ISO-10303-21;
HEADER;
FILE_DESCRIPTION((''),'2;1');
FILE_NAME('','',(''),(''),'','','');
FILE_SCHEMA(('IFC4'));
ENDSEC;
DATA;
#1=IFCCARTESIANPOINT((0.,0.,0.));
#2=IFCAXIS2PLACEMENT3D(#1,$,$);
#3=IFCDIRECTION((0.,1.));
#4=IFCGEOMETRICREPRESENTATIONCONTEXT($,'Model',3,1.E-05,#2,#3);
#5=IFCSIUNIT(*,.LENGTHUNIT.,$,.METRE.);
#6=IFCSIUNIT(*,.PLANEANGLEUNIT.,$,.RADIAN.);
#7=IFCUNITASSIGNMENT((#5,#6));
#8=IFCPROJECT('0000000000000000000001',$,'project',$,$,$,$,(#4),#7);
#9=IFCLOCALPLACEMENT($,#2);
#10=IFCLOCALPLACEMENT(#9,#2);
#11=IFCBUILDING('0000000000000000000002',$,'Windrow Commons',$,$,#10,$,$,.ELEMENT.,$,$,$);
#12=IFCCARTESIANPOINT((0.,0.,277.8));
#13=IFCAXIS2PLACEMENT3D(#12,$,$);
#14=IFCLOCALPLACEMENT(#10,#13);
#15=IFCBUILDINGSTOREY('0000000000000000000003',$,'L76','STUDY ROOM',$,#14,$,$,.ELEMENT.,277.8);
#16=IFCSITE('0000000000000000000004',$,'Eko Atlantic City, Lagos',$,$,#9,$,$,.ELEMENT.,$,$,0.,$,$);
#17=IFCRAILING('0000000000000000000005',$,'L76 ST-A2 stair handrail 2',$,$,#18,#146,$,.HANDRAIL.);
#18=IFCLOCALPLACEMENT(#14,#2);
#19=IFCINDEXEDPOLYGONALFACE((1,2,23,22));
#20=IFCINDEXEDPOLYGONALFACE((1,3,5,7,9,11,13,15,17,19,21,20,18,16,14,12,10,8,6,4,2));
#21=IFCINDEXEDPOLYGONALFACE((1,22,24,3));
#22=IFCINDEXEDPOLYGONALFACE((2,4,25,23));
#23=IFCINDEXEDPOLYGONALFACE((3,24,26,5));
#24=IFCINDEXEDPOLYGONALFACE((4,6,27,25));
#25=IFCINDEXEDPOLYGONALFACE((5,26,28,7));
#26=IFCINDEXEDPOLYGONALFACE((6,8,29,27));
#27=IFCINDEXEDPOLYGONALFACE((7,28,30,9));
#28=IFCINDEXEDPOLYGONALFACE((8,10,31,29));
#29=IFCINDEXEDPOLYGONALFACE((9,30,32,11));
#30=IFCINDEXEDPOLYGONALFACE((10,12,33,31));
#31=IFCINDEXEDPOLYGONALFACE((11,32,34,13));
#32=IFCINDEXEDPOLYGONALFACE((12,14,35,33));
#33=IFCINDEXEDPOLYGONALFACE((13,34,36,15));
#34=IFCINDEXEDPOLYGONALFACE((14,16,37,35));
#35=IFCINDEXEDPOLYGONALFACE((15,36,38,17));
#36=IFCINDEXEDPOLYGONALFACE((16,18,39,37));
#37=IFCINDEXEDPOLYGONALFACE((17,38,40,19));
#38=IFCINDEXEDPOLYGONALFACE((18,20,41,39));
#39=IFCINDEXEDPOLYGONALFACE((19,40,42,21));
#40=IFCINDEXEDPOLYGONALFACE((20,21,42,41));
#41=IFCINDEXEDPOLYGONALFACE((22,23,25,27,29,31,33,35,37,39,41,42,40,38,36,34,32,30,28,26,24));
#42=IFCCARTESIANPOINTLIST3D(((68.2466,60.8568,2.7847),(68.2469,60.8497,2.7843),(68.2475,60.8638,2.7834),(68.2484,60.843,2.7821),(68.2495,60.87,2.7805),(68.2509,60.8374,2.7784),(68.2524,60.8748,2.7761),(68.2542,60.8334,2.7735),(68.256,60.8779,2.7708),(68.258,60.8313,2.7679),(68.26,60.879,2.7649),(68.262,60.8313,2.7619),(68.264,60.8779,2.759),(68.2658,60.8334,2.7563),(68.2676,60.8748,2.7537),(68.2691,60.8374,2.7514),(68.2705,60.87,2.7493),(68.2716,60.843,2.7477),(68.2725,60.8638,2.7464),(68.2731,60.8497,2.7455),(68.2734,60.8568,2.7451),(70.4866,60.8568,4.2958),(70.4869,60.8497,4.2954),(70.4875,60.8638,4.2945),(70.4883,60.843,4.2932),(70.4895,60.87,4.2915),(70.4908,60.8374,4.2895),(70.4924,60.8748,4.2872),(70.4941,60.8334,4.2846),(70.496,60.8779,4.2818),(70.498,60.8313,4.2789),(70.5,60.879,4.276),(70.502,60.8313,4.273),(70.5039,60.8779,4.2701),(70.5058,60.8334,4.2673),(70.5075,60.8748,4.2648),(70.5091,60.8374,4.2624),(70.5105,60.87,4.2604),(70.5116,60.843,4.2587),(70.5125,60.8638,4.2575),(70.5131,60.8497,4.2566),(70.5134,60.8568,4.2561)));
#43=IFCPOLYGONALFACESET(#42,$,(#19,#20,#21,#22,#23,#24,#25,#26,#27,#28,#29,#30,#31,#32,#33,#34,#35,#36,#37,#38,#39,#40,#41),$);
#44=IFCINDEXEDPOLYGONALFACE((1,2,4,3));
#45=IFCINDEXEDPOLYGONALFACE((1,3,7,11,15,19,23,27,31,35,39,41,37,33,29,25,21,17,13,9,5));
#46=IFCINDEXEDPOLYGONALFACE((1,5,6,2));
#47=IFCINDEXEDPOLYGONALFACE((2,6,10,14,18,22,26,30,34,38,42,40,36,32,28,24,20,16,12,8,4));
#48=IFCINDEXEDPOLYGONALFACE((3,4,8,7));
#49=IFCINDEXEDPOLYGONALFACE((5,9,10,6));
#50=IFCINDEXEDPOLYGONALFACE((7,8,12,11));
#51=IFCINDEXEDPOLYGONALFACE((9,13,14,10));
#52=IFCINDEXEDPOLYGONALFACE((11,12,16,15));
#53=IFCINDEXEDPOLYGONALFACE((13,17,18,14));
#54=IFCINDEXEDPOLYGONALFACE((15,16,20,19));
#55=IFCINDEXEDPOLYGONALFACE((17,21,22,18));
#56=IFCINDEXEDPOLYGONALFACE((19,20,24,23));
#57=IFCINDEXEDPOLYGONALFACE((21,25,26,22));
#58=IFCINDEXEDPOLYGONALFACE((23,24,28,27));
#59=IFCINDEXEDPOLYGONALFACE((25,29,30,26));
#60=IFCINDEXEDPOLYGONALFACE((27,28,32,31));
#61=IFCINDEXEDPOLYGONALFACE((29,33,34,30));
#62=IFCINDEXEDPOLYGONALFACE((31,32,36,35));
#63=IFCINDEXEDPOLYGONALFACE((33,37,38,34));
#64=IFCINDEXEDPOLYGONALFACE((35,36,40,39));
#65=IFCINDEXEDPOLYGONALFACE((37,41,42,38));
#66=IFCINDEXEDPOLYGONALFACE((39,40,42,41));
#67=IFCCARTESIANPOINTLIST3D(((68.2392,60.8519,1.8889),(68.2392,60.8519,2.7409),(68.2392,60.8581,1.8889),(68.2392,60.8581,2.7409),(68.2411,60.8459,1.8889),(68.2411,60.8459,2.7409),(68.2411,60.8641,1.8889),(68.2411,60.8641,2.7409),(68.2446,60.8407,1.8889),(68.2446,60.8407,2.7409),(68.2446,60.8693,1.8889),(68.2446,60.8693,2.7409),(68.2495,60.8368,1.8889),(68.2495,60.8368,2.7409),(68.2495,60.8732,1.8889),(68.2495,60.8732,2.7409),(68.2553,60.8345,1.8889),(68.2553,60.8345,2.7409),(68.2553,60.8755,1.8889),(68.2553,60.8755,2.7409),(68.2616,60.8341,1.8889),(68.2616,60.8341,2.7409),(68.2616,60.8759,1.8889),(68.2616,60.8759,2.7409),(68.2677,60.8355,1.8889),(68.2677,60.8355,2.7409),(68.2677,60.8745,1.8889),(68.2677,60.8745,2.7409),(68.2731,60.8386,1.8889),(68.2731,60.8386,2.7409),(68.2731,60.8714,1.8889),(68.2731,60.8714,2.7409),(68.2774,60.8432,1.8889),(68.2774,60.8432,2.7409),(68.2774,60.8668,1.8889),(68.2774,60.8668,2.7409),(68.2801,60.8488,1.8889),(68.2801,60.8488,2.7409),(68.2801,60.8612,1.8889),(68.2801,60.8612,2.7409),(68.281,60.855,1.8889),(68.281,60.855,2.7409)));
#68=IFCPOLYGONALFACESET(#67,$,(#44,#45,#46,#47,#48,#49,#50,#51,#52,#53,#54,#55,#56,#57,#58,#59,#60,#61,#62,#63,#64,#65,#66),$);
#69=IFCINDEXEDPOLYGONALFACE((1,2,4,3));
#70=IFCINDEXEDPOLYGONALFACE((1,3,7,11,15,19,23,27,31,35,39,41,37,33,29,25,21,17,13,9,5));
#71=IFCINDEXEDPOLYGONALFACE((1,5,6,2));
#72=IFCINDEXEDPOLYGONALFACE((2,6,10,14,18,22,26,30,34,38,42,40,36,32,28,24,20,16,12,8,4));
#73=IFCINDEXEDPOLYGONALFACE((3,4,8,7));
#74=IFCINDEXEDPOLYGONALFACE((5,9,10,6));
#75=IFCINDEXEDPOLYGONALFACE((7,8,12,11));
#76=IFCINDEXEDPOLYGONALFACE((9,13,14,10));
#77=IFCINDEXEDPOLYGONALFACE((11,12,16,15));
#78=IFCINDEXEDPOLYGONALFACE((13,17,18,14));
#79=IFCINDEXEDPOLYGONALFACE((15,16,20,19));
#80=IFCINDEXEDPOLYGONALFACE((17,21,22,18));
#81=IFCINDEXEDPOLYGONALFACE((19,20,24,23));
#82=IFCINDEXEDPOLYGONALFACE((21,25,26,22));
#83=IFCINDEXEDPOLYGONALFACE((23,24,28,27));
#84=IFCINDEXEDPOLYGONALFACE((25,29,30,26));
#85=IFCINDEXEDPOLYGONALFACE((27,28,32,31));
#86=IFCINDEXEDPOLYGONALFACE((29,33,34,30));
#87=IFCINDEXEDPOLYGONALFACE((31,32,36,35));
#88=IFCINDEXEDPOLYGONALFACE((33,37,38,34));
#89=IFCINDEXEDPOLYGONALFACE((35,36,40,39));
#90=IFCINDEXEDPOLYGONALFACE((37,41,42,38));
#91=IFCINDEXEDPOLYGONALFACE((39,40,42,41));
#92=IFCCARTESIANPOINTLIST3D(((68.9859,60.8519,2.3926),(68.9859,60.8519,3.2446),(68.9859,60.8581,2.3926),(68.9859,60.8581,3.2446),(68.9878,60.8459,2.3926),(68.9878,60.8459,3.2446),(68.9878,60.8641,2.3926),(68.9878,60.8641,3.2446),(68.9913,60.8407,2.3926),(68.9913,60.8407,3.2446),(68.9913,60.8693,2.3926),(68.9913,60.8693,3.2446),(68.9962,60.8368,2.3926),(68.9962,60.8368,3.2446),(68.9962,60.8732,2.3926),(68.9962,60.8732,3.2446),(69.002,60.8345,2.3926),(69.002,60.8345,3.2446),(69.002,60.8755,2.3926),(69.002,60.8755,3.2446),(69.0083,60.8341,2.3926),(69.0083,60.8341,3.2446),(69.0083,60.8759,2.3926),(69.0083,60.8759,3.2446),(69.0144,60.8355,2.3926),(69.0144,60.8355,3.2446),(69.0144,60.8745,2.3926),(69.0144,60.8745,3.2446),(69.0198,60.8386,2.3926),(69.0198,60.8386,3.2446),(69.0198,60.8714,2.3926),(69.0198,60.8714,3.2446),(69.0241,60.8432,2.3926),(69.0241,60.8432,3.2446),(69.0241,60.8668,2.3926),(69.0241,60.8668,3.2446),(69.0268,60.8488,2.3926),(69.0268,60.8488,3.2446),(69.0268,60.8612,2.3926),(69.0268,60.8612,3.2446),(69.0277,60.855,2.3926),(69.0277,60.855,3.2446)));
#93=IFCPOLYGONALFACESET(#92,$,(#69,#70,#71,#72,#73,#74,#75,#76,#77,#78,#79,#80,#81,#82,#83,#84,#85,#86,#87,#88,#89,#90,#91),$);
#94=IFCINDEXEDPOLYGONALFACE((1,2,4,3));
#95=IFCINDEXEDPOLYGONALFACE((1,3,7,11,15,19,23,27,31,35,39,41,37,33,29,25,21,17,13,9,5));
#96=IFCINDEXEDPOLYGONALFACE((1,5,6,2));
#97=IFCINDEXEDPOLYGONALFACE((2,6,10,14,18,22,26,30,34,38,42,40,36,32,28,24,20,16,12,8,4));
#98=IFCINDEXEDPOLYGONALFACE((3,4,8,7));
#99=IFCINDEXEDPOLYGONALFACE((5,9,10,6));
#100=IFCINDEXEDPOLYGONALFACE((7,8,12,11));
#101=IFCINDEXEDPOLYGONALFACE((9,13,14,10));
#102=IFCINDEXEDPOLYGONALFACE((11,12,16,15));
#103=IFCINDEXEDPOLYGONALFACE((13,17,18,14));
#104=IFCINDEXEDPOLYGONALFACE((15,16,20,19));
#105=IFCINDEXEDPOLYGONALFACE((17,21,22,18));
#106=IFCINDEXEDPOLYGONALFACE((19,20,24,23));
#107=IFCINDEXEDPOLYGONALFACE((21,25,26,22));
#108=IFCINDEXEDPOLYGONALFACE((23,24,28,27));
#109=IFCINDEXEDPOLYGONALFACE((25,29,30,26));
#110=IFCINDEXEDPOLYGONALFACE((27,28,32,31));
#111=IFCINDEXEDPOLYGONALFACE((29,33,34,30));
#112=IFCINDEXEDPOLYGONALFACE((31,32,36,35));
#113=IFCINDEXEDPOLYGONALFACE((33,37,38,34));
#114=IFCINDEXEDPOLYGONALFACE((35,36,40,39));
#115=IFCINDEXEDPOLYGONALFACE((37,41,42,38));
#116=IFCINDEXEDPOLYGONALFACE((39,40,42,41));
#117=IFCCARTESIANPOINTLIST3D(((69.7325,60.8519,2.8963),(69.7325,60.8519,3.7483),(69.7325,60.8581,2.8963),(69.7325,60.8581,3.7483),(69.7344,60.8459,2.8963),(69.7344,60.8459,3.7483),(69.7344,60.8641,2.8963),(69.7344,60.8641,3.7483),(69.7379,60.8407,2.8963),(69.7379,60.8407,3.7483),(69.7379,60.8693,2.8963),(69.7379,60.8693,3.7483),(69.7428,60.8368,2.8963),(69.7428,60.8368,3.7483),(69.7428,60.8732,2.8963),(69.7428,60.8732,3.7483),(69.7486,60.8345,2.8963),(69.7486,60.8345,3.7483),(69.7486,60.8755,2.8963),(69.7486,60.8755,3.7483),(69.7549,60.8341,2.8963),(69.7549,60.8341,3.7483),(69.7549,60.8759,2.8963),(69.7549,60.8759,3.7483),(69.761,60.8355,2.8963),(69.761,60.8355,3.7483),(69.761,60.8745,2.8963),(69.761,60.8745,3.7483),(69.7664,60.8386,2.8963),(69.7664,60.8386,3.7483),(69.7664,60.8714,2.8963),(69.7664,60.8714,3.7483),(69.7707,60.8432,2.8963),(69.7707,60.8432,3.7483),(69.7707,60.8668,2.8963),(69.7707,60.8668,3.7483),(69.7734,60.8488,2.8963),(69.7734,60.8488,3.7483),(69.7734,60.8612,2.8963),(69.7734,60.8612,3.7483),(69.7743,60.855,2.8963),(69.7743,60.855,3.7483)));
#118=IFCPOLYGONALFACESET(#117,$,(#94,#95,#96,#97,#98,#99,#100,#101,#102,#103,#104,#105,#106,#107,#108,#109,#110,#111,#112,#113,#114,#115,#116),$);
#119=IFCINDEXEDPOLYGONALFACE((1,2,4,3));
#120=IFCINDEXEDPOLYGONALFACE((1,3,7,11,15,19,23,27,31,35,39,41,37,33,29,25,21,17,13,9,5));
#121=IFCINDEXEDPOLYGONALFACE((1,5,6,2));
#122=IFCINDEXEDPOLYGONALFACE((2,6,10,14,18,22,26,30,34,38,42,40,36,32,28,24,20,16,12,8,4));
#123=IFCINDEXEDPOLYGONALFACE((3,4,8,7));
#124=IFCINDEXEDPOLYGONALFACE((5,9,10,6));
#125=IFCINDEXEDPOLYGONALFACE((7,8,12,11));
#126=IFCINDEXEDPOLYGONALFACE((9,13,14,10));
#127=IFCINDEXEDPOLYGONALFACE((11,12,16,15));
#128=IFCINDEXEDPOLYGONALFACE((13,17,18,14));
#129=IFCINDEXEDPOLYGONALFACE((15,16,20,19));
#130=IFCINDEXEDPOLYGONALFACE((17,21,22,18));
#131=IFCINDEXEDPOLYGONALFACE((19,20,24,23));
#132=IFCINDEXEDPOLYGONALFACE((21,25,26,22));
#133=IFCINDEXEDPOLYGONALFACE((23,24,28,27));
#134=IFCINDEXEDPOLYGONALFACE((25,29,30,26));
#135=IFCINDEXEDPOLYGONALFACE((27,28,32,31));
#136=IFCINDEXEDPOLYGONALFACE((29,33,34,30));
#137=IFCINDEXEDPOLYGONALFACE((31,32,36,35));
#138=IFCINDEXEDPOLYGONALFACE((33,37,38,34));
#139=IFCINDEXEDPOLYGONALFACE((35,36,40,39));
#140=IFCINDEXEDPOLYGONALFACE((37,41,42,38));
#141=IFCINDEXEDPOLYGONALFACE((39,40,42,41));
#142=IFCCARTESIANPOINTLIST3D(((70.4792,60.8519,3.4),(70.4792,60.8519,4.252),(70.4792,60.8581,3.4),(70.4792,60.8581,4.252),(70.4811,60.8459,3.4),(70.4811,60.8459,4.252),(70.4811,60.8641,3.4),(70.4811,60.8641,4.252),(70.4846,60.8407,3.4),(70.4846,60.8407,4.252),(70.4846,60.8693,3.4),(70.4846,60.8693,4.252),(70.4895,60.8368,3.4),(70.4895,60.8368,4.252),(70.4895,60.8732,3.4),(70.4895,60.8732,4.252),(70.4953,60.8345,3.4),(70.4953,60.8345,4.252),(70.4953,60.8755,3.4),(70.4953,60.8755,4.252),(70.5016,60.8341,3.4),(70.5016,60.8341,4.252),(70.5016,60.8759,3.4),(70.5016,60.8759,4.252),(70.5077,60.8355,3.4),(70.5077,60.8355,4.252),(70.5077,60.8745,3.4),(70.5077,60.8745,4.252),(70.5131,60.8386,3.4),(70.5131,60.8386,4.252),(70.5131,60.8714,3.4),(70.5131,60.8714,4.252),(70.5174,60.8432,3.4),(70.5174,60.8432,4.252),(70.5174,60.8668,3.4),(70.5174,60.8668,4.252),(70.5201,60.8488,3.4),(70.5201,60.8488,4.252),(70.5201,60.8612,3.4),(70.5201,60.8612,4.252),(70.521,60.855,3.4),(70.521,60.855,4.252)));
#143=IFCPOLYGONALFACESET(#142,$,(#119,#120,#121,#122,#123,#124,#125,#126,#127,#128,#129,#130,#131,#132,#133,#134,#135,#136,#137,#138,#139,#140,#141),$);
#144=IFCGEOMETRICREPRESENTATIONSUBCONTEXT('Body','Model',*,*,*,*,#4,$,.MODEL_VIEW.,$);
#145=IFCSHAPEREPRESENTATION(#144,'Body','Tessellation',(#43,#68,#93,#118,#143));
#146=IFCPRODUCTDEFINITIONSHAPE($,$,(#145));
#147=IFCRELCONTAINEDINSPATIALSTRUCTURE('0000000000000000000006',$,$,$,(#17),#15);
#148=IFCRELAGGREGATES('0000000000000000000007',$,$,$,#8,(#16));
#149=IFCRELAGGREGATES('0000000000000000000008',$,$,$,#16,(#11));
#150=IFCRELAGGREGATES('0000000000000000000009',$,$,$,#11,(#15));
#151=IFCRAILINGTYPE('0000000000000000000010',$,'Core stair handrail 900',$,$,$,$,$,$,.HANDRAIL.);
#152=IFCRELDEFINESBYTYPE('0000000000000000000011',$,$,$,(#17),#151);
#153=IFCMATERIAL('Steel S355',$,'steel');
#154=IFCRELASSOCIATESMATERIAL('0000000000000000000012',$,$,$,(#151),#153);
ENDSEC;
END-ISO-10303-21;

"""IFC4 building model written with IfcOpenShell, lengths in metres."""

from ifc_helpers import new_model, si_unit, direction, frame, origin, origin_2d, place, context, subcontext, project, spatial, circle, extrude, material, type_object, element, save


model = new_model("IFC4")

# Units and contexts
model_context = context("Model", 3, precision=1e-05, world=origin(), true_north=direction((0.0, 1.0)))
body_context = subcontext(model_context, "Body", "Model", "MODEL_VIEW")
ifc_project = project(units=[si_unit("LENGTHUNIT", "METRE"), si_unit("PLANEANGLEUNIT", "RADIAN")], contexts=[model_context])

# Site, building, storey
site_placement = place(None, origin())
site = spatial("IfcSite", under=ifc_project, at=site_placement, Name="Eko Atlantic City, Lagos", CompositionType="ELEMENT", RefElevation=0.0)
building_placement = place(site_placement, origin())
building = spatial("IfcBuilding", under=site, at=building_placement, Name="Windrow Commons", CompositionType="ELEMENT")
storey_placement = place(building_placement, frame((0.0, 0.0, 277.8)))
storey = spatial("IfcBuildingStorey", under=building, at=storey_placement, Name="L76", Description="STUDY ROOM", CompositionType="ELEMENT", Elevation=277.8)

# Railing
ifc_material_1 = material(Name="Steel S355", Category="steel")
railing_type = type_object("IfcRailingType", Name="Core stair handrail 900", PredefinedType="HANDRAIL", material=ifc_material_1)
railing_placement = place(storey_placement, frame((68.26, 60.855, 1.8889)))
element("IfcRailing", 1, at=railing_placement, inside=storey, type_object=railing_type, Name="L76 ST-A2 stair handrail 2", PredefinedType="HANDRAIL", context=body_context, shape_type="SweptSolid", body=[
    extrude(circle(Radius=0.024, at=origin_2d()), frame((0.0, 0.0, 0.876), z_axis=(0.829003, 0.0, 0.559244), x_axis=(0.0, 1.0, 0.0)), (0.0, 0.0, 1.0), 2.702),
    extrude(circle(Radius=0.021, at=origin_2d()), origin(), (0.0, 0.0, 1.0), 0.852),
    extrude(circle(Radius=0.021, at=origin_2d()), frame((0.7467, 0.0, 0.5037)), (0.0, 0.0, 1.0), 0.852),
    extrude(circle(Radius=0.021, at=origin_2d()), frame((1.4933, 0.0, 1.0074)), (0.0, 0.0, 1.0), 0.852),
    extrude(circle(Radius=0.021, at=origin_2d()), frame((2.24, 0.0, 1.5111)), (0.0, 0.0, 1.0), 0.852),
])

save(model, "model.ifc")
